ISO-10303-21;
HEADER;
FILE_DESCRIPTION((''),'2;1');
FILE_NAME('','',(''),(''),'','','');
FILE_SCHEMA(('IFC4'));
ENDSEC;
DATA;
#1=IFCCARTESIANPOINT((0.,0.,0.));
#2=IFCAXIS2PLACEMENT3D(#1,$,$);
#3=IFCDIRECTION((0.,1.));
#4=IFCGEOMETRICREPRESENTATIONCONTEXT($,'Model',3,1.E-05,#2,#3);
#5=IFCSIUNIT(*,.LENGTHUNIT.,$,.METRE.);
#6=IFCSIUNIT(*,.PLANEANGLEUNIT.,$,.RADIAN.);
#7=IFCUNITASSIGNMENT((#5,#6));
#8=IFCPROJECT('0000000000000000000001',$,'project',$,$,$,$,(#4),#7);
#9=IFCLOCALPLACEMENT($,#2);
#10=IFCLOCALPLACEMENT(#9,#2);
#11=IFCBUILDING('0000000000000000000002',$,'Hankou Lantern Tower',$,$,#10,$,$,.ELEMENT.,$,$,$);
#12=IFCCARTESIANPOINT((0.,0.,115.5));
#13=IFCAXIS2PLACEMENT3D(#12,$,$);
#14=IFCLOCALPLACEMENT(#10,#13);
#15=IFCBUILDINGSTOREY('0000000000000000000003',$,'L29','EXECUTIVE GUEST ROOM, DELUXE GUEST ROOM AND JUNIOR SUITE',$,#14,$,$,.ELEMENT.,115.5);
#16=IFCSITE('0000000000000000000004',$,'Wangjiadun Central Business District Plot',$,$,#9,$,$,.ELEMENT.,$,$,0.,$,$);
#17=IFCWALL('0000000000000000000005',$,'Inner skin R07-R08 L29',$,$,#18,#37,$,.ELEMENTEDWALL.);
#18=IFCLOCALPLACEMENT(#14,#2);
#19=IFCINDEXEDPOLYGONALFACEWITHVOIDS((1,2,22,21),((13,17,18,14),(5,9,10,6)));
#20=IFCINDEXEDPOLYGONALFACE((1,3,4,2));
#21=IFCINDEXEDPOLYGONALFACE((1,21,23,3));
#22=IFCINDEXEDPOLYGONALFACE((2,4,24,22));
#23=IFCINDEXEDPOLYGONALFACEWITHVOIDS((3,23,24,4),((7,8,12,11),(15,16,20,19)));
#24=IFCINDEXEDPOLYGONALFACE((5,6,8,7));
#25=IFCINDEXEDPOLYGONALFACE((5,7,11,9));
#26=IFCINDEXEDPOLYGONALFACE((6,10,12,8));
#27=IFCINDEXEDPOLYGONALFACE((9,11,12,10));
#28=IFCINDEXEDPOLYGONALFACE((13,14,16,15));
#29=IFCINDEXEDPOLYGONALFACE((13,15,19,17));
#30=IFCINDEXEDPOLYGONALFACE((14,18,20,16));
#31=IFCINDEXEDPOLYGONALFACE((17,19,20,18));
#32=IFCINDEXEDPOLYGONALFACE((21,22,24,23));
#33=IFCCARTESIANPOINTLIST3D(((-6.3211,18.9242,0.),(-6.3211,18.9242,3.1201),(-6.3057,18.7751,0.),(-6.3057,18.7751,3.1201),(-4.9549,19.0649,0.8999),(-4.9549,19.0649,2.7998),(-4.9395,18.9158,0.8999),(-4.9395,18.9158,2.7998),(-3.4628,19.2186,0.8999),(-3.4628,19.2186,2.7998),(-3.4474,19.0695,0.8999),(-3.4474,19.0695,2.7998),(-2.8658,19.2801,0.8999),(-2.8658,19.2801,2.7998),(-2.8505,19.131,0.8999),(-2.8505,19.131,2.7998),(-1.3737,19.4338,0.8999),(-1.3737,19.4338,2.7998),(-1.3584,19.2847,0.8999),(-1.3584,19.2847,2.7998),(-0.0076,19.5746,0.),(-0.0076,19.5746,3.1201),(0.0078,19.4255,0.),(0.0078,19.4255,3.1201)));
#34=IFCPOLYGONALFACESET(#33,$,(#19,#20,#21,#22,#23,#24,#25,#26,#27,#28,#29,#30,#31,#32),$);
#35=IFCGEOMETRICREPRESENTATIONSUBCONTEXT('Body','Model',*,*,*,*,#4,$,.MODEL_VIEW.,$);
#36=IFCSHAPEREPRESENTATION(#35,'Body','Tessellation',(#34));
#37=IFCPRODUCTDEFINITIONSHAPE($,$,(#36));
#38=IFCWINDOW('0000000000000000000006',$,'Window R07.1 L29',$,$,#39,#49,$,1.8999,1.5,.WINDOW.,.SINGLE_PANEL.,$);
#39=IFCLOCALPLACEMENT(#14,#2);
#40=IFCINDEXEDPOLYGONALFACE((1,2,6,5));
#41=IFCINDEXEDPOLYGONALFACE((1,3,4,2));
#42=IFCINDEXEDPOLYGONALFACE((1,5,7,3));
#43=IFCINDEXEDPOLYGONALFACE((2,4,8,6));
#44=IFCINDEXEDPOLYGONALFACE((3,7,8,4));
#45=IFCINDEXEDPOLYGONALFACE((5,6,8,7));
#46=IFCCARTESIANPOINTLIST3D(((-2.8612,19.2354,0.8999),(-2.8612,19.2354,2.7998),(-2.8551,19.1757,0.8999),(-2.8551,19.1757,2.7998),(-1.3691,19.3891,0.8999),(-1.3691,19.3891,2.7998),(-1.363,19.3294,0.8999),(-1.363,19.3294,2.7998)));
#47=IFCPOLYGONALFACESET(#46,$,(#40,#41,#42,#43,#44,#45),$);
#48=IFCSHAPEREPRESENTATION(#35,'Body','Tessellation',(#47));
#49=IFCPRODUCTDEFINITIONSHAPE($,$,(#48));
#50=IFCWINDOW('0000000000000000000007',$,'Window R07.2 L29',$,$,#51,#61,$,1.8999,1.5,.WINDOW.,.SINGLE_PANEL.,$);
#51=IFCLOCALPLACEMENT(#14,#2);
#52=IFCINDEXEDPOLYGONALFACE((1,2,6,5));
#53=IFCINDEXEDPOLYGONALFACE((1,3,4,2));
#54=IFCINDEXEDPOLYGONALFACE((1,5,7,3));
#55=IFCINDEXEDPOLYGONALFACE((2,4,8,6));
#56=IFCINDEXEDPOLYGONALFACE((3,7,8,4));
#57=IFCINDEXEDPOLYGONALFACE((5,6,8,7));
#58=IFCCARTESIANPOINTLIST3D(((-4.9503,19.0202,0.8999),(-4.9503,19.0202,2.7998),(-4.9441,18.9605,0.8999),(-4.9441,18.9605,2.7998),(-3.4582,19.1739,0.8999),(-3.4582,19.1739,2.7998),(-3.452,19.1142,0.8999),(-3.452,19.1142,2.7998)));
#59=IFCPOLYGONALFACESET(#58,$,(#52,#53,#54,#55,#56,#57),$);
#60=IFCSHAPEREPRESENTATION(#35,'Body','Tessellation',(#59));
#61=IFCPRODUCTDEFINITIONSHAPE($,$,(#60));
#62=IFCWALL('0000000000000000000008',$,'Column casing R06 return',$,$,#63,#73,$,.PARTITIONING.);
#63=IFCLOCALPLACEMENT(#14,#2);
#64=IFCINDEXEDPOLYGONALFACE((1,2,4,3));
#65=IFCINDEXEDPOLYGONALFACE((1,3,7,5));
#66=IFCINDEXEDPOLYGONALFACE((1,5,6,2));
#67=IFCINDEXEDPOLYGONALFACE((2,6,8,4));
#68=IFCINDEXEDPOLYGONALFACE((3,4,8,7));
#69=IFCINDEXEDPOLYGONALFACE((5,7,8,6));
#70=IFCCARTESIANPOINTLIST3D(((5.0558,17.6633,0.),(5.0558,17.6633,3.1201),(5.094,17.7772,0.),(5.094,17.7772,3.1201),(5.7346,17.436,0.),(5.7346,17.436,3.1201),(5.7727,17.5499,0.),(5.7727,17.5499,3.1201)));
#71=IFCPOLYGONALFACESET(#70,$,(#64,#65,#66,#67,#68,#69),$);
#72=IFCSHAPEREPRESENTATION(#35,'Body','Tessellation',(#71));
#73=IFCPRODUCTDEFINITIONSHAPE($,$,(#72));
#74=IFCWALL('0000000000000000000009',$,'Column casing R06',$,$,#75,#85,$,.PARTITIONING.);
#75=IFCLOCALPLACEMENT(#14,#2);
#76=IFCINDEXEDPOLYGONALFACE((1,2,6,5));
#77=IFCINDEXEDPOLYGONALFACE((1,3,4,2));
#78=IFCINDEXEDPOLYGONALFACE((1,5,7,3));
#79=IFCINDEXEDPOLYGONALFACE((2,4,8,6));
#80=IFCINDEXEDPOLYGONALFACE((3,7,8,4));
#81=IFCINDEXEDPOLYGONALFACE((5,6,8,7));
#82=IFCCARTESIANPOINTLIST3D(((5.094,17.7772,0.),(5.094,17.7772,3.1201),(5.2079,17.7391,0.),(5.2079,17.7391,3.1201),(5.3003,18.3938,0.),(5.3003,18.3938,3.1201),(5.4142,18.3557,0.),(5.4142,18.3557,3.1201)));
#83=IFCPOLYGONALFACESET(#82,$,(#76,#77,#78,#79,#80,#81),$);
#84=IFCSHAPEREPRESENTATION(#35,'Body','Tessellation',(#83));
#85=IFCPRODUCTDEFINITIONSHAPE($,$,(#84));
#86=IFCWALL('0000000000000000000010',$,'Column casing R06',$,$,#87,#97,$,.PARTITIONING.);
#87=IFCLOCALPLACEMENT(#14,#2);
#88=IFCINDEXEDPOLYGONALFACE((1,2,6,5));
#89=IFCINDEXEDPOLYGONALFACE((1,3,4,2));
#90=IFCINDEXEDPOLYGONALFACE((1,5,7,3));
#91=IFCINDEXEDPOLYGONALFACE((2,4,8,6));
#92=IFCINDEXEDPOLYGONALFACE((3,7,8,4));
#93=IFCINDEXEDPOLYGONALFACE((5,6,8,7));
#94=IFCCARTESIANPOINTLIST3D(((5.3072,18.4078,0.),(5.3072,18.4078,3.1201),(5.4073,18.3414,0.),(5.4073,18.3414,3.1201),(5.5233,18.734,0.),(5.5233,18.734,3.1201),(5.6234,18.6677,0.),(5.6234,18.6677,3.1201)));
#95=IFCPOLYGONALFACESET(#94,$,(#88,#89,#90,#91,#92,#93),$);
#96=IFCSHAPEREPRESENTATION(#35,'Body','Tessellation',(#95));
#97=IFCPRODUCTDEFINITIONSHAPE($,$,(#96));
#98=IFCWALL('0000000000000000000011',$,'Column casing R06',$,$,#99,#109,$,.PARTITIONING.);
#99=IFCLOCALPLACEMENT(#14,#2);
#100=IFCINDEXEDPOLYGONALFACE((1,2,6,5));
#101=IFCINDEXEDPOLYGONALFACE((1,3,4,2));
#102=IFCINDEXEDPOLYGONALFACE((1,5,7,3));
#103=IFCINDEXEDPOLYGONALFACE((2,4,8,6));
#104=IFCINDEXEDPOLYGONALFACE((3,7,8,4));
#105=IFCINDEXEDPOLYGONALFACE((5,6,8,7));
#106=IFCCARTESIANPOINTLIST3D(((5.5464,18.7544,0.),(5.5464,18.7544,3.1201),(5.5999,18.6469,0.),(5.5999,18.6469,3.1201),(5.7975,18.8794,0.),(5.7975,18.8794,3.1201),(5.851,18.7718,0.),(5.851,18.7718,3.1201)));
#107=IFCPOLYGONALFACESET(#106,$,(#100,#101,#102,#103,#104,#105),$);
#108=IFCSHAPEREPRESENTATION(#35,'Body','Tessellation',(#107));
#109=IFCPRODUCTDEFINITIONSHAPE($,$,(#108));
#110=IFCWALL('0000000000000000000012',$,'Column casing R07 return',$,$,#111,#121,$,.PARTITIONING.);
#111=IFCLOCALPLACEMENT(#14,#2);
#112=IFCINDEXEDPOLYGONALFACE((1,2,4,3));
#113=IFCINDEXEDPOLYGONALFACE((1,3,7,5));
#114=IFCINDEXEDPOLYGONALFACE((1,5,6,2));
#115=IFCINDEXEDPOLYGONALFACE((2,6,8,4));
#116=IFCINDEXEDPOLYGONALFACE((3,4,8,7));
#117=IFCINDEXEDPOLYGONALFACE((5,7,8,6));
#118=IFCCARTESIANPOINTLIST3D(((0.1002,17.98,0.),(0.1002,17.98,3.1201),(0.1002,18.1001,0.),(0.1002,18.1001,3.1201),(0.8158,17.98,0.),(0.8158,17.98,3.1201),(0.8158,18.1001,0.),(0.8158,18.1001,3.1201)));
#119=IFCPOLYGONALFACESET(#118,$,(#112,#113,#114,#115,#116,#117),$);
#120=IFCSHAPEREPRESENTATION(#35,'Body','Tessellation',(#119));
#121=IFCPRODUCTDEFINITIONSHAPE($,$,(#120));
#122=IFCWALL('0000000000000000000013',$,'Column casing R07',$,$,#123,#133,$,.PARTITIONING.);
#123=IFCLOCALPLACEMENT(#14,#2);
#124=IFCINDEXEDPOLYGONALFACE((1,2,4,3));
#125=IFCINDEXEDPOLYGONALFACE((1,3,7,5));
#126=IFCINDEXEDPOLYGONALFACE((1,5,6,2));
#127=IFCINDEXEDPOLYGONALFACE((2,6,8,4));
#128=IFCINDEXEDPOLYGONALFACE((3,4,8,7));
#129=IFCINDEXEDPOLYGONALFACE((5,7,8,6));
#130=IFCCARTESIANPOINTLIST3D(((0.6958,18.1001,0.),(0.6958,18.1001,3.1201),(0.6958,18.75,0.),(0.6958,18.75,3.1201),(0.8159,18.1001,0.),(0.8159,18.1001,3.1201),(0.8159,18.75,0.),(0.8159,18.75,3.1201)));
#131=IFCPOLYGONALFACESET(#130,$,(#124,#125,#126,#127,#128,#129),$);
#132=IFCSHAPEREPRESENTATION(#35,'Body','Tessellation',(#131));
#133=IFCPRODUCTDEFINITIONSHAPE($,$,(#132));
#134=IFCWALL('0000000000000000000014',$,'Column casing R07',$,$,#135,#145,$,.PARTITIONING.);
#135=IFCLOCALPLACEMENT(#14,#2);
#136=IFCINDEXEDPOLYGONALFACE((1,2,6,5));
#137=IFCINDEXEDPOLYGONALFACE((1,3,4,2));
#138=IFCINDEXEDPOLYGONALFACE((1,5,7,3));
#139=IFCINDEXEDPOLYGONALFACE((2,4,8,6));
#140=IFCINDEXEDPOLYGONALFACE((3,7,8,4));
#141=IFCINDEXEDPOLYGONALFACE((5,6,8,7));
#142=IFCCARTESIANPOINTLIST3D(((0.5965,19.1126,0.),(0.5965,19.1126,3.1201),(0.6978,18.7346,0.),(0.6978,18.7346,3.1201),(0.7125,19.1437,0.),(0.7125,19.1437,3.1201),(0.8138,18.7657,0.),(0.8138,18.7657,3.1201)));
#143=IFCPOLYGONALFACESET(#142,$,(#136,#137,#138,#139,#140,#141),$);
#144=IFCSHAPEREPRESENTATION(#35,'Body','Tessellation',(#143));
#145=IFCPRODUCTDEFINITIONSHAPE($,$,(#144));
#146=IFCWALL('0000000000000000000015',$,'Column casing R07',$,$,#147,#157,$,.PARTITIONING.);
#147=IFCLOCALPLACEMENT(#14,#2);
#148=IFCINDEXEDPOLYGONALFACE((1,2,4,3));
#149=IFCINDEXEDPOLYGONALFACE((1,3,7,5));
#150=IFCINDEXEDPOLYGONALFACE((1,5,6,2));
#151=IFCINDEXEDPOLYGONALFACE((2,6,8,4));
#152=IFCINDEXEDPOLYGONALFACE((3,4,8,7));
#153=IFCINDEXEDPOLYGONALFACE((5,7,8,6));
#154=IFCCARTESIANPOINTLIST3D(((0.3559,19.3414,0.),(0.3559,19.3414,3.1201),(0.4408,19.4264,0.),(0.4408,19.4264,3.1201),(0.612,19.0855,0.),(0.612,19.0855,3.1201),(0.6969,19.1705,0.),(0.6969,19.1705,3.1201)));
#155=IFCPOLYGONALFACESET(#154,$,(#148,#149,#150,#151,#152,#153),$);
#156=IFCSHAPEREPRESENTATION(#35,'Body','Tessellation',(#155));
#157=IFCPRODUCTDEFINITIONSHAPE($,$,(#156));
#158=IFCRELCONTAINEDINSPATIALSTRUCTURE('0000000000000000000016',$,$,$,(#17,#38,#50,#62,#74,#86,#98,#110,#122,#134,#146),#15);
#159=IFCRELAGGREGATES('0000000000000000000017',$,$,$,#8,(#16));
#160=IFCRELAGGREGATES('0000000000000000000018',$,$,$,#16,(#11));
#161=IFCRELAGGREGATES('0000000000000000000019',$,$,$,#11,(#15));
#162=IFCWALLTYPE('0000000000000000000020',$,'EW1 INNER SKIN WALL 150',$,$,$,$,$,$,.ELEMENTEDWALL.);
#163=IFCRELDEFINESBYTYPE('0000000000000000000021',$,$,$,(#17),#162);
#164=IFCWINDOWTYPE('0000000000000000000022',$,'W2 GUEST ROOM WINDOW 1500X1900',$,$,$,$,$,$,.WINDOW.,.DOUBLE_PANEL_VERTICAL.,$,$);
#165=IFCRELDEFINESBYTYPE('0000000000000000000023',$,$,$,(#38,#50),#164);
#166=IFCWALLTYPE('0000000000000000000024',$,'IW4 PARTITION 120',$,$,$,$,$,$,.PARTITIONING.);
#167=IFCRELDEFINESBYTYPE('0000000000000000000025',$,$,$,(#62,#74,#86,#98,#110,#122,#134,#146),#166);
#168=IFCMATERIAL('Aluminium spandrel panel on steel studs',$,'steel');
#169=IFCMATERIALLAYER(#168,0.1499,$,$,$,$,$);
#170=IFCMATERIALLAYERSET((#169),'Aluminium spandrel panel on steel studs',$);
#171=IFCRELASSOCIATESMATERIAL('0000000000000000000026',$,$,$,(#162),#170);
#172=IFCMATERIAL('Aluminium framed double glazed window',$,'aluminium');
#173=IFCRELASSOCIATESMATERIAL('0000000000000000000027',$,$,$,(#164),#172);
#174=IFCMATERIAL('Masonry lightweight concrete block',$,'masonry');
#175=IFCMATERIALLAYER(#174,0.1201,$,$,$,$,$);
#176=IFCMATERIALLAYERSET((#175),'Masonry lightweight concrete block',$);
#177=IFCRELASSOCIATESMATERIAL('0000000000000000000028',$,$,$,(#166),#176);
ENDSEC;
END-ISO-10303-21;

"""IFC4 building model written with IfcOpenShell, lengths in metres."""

from ifc_helpers import new_model, si_unit, direction, frame, frame_2d, origin, place, context, subcontext, project, spatial, rectangle, extrude, material, layer, layer_set, type_object, element, fill, save


model = new_model("IFC4")

# Units and contexts
model_context = context("Model", 3, precision=1e-05, world=origin(), true_north=direction((0.0, 1.0)))
body_context = subcontext(model_context, "Body", "Model", "MODEL_VIEW")
ifc_project = project(units=[si_unit("LENGTHUNIT", "METRE"), si_unit("PLANEANGLEUNIT", "RADIAN")], contexts=[model_context])

# Site, building, storey
site_placement = place(None, origin())
site = spatial("IfcSite", under=ifc_project, at=site_placement, Name="Wangjiadun Central Business District Plot", CompositionType="ELEMENT", RefElevation=0.0)
building_placement = place(site_placement, origin())
building = spatial("IfcBuilding", under=site, at=building_placement, Name="Hankou Lantern Tower", CompositionType="ELEMENT")
storey_placement = place(building_placement, frame((0.0, 0.0, 115.5)))
storey = spatial("IfcBuildingStorey", under=building, at=storey_placement, Name="L29", Description="EXECUTIVE GUEST ROOM, DELUXE GUEST ROOM AND JUNIOR SUITE", CompositionType="ELEMENT", Elevation=115.5)

# Wall, openings, windows
ifc_material_1 = material(Name="Aluminium spandrel panel on steel studs", Category="steel")
ifc_layer_1 = layer(ifc_material_1, 0.1499)
ifc_layer_set_1 = layer_set([ifc_layer_1], Name="Aluminium spandrel panel on steel studs")
wall_type_1 = type_object("IfcWallType", Name="EW1 INNER SKIN WALL 150", PredefinedType="ELEMENTEDWALL", material=ifc_layer_set_1)
ifc_material_2 = material(Name="Aluminium framed double glazed window", Category="aluminium")
window_type = type_object("IfcWindowType", Name="W2 GUEST ROOM WINDOW 1500X1900", PartitioningType="DOUBLE_PANEL_VERTICAL", PredefinedType="WINDOW", material=ifc_material_2)
wall_1_placement = place(storey_placement, frame((0.0, 19.5, 0.0), z_axis=(0.0, 0.0, 1.0), x_axis=(-0.994736, -0.102474, 0.0)))
wall_1 = element("IfcWall", 1, at=wall_1_placement, inside=storey, type_object=wall_type_1, Name="Inner skin R07-R08 L29", PredefinedType="ELEMENTEDWALL", context=body_context, shape_type="SweptSolid", body=[
    extrude(rectangle(XDim=6.3469, YDim=0.1499, at=frame_2d((3.1733, 0.0))), origin(), (0.0, 0.0, 1.0), 3.1201),
])
opening_1_placement = place(wall_1_placement, frame((1.3733, 0.0, 0.8999)))
opening_1 = element("IfcOpeningElement", 2, at=opening_1_placement, cuts=wall_1, PredefinedType="OPENING", context=body_context, shape_type="SweptSolid", body=[
    extrude(rectangle(XDim=1.5, YDim=1.8999, at=frame_2d((0.75, 0.95))), frame((0.0, 0.085, 0.0), z_axis=(0.0, -1.0, 0.0), x_axis=(1.0, 0.0, 0.0)), (0.0, 0.0, 1.0), 0.1699),
])
opening_2_placement = place(wall_1_placement, frame((3.4734, 0.0, 0.8999)))
opening_2 = element("IfcOpeningElement", 3, at=opening_2_placement, cuts=wall_1, PredefinedType="OPENING", context=body_context, shape_type="SweptSolid", body=[
    extrude(rectangle(XDim=1.5, YDim=1.8999, at=frame_2d((0.75, 0.95))), frame((0.0, 0.085, 0.0), z_axis=(0.0, -1.0, 0.0), x_axis=(1.0, 0.0, 0.0)), (0.0, 0.0, 1.0), 0.1699),
])
window_1_placement = place(opening_1_placement, origin())
window_1 = element("IfcWindow", 4, at=window_1_placement, inside=storey, type_object=window_type, Name="Window R07.1 L29", OverallHeight=1.8999, OverallWidth=1.5, PartitioningType="SINGLE_PANEL", PredefinedType="WINDOW", context=body_context, shape_type="SweptSolid", body=[
    extrude(rectangle(XDim=1.5, YDim=1.8999, at=frame_2d((0.75, 0.95))), frame((0.0, 0.03, 0.0), z_axis=(0.0, -1.0, 0.0), x_axis=(1.0, 0.0, 0.0)), (0.0, 0.0, 1.0), 0.0601),
])
fill(opening_1, window_1)
window_2_placement = place(opening_2_placement, origin())
window_2 = element("IfcWindow", 5, at=window_2_placement, inside=storey, type_object=window_type, Name="Window R07.2 L29", OverallHeight=1.8999, OverallWidth=1.5, PartitioningType="SINGLE_PANEL", PredefinedType="WINDOW", context=body_context, shape_type="SweptSolid", body=[
    extrude(rectangle(XDim=1.5, YDim=1.8999, at=frame_2d((0.75, 0.95))), frame((0.0, 0.03, 0.0), z_axis=(0.0, -1.0, 0.0), x_axis=(1.0, 0.0, 0.0)), (0.0, 0.0, 1.0), 0.0601),
])
fill(opening_2, window_2)

# Walls
ifc_material_3 = material(Name="Masonry lightweight concrete block", Category="masonry")
ifc_layer_2 = layer(ifc_material_3, 0.1201)
ifc_layer_set_2 = layer_set([ifc_layer_2], Name="Masonry lightweight concrete block")
wall_type_2 = type_object("IfcWallType", Name="IW4 PARTITION 120", PredefinedType="PARTITIONING", material=ifc_layer_set_2)
wall_2_placement = place(storey_placement, frame((5.7537, 17.4929, 0.0), z_axis=(0.0, 0.0, 1.0), x_axis=(-0.948239, 0.317558, 0.0)))
element("IfcWall", 6, at=wall_2_placement, inside=storey, type_object=wall_type_2, Name="Column casing R06 return", PredefinedType="PARTITIONING", context=body_context, shape_type="SweptSolid", body=[
    extrude(rectangle(XDim=0.7158, YDim=0.1201, at=frame_2d((0.3579, 0.0))), origin(), (0.0, 0.0, 1.0), 3.1201),
])
wall_3_placement = place(storey_placement, frame((5.1509, 17.7581, 0.0), z_axis=(0.0, 0.0, 1.0), x_axis=(0.317354, 0.948307, 0.0)))
element("IfcWall", 7, at=wall_3_placement, inside=storey, type_object=wall_type_2, Name="Column casing R06", PredefinedType="PARTITIONING", context=body_context, shape_type="SweptSolid", body=[
    extrude(rectangle(XDim=0.6501, YDim=0.1201, at=frame_2d((0.3252, 0.0))), origin(), (0.0, 0.0, 1.0), 3.1201),
])
wall_4_placement = place(storey_placement, frame((5.3572, 18.3745, 0.0), z_axis=(0.0, 0.0, 1.0), x_axis=(0.55225, 0.833679, 0.0)))
element("IfcWall", 8, at=wall_4_placement, inside=storey, type_object=wall_type_2, Name="Column casing R06", PredefinedType="PARTITIONING", context=body_context, shape_type="SweptSolid", body=[
    extrude(rectangle(XDim=0.3914, YDim=0.1201, at=frame_2d((0.1958, 0.0))), origin(), (0.0, 0.0, 1.0), 3.1201),
])
wall_5_placement = place(storey_placement, frame((5.5732, 18.7007, 0.0), z_axis=(0.0, 0.0, 1.0), x_axis=(0.895296, 0.445473, 0.0)))
element("IfcWall", 9, at=wall_5_placement, inside=storey, type_object=wall_type_2, Name="Column casing R06", PredefinedType="PARTITIONING", context=body_context, shape_type="SweptSolid", body=[
    extrude(rectangle(XDim=0.2805, YDim=0.1201, at=frame_2d((0.1401, 0.0))), origin(), (0.0, 0.0, 1.0), 3.1201),
])
wall_6_placement = place(storey_placement, frame((0.1001, 18.04, 0.0), z_axis=(0.0, 0.0, 1.0), x_axis=(1.0, 0.0, 0.0)))
element("IfcWall", 10, at=wall_6_placement, inside=storey, type_object=wall_type_2, Name="Column casing R07 return", PredefinedType="PARTITIONING", context=body_context, shape_type="SweptSolid", body=[
    extrude(rectangle(XDim=0.7156, YDim=0.1201, at=frame_2d((0.3579, 0.0))), origin(), (0.0, 0.0, 1.0), 3.1201),
])
wall_7_placement = place(storey_placement, frame((0.7559, 18.1001, 0.0), z_axis=(0.0, 0.0, 1.0), x_axis=(0.0, 1.0, 0.0)))
element("IfcWall", 11, at=wall_7_placement, inside=storey, type_object=wall_type_2, Name="Column casing R07", PredefinedType="PARTITIONING", context=body_context, shape_type="SweptSolid", body=[
    extrude(rectangle(XDim=0.6499, YDim=0.1201, at=frame_2d((0.325, 0.0))), origin(), (0.0, 0.0, 1.0), 3.1201),
])
wall_8_placement = place(storey_placement, frame((0.7559, 18.75, 0.0), z_axis=(0.0, 0.0, 1.0), x_axis=(-0.258944, 0.965892, 0.0)))
element("IfcWall", 12, at=wall_8_placement, inside=storey, type_object=wall_type_2, Name="Column casing R07", PredefinedType="PARTITIONING", context=body_context, shape_type="SweptSolid", body=[
    extrude(rectangle(XDim=0.3914, YDim=0.1201, at=frame_2d((0.1958, 0.0))), origin(), (0.0, 0.0, 1.0), 3.1201),
])
wall_9_placement = place(storey_placement, frame((0.6545, 19.1279, 0.0), z_axis=(0.0, 0.0, 1.0), x_axis=(-0.707444, 0.70677, 0.0)))
element("IfcWall", 13, at=wall_9_placement, inside=storey, type_object=wall_type_2, Name="Column casing R07", PredefinedType="PARTITIONING", context=body_context, shape_type="SweptSolid", body=[
    extrude(rectangle(XDim=0.3621, YDim=0.1201, at=frame_2d((0.1812, 0.0))), origin(), (0.0, 0.0, 1.0), 3.1201),
])

save(model, "model.ifc")
